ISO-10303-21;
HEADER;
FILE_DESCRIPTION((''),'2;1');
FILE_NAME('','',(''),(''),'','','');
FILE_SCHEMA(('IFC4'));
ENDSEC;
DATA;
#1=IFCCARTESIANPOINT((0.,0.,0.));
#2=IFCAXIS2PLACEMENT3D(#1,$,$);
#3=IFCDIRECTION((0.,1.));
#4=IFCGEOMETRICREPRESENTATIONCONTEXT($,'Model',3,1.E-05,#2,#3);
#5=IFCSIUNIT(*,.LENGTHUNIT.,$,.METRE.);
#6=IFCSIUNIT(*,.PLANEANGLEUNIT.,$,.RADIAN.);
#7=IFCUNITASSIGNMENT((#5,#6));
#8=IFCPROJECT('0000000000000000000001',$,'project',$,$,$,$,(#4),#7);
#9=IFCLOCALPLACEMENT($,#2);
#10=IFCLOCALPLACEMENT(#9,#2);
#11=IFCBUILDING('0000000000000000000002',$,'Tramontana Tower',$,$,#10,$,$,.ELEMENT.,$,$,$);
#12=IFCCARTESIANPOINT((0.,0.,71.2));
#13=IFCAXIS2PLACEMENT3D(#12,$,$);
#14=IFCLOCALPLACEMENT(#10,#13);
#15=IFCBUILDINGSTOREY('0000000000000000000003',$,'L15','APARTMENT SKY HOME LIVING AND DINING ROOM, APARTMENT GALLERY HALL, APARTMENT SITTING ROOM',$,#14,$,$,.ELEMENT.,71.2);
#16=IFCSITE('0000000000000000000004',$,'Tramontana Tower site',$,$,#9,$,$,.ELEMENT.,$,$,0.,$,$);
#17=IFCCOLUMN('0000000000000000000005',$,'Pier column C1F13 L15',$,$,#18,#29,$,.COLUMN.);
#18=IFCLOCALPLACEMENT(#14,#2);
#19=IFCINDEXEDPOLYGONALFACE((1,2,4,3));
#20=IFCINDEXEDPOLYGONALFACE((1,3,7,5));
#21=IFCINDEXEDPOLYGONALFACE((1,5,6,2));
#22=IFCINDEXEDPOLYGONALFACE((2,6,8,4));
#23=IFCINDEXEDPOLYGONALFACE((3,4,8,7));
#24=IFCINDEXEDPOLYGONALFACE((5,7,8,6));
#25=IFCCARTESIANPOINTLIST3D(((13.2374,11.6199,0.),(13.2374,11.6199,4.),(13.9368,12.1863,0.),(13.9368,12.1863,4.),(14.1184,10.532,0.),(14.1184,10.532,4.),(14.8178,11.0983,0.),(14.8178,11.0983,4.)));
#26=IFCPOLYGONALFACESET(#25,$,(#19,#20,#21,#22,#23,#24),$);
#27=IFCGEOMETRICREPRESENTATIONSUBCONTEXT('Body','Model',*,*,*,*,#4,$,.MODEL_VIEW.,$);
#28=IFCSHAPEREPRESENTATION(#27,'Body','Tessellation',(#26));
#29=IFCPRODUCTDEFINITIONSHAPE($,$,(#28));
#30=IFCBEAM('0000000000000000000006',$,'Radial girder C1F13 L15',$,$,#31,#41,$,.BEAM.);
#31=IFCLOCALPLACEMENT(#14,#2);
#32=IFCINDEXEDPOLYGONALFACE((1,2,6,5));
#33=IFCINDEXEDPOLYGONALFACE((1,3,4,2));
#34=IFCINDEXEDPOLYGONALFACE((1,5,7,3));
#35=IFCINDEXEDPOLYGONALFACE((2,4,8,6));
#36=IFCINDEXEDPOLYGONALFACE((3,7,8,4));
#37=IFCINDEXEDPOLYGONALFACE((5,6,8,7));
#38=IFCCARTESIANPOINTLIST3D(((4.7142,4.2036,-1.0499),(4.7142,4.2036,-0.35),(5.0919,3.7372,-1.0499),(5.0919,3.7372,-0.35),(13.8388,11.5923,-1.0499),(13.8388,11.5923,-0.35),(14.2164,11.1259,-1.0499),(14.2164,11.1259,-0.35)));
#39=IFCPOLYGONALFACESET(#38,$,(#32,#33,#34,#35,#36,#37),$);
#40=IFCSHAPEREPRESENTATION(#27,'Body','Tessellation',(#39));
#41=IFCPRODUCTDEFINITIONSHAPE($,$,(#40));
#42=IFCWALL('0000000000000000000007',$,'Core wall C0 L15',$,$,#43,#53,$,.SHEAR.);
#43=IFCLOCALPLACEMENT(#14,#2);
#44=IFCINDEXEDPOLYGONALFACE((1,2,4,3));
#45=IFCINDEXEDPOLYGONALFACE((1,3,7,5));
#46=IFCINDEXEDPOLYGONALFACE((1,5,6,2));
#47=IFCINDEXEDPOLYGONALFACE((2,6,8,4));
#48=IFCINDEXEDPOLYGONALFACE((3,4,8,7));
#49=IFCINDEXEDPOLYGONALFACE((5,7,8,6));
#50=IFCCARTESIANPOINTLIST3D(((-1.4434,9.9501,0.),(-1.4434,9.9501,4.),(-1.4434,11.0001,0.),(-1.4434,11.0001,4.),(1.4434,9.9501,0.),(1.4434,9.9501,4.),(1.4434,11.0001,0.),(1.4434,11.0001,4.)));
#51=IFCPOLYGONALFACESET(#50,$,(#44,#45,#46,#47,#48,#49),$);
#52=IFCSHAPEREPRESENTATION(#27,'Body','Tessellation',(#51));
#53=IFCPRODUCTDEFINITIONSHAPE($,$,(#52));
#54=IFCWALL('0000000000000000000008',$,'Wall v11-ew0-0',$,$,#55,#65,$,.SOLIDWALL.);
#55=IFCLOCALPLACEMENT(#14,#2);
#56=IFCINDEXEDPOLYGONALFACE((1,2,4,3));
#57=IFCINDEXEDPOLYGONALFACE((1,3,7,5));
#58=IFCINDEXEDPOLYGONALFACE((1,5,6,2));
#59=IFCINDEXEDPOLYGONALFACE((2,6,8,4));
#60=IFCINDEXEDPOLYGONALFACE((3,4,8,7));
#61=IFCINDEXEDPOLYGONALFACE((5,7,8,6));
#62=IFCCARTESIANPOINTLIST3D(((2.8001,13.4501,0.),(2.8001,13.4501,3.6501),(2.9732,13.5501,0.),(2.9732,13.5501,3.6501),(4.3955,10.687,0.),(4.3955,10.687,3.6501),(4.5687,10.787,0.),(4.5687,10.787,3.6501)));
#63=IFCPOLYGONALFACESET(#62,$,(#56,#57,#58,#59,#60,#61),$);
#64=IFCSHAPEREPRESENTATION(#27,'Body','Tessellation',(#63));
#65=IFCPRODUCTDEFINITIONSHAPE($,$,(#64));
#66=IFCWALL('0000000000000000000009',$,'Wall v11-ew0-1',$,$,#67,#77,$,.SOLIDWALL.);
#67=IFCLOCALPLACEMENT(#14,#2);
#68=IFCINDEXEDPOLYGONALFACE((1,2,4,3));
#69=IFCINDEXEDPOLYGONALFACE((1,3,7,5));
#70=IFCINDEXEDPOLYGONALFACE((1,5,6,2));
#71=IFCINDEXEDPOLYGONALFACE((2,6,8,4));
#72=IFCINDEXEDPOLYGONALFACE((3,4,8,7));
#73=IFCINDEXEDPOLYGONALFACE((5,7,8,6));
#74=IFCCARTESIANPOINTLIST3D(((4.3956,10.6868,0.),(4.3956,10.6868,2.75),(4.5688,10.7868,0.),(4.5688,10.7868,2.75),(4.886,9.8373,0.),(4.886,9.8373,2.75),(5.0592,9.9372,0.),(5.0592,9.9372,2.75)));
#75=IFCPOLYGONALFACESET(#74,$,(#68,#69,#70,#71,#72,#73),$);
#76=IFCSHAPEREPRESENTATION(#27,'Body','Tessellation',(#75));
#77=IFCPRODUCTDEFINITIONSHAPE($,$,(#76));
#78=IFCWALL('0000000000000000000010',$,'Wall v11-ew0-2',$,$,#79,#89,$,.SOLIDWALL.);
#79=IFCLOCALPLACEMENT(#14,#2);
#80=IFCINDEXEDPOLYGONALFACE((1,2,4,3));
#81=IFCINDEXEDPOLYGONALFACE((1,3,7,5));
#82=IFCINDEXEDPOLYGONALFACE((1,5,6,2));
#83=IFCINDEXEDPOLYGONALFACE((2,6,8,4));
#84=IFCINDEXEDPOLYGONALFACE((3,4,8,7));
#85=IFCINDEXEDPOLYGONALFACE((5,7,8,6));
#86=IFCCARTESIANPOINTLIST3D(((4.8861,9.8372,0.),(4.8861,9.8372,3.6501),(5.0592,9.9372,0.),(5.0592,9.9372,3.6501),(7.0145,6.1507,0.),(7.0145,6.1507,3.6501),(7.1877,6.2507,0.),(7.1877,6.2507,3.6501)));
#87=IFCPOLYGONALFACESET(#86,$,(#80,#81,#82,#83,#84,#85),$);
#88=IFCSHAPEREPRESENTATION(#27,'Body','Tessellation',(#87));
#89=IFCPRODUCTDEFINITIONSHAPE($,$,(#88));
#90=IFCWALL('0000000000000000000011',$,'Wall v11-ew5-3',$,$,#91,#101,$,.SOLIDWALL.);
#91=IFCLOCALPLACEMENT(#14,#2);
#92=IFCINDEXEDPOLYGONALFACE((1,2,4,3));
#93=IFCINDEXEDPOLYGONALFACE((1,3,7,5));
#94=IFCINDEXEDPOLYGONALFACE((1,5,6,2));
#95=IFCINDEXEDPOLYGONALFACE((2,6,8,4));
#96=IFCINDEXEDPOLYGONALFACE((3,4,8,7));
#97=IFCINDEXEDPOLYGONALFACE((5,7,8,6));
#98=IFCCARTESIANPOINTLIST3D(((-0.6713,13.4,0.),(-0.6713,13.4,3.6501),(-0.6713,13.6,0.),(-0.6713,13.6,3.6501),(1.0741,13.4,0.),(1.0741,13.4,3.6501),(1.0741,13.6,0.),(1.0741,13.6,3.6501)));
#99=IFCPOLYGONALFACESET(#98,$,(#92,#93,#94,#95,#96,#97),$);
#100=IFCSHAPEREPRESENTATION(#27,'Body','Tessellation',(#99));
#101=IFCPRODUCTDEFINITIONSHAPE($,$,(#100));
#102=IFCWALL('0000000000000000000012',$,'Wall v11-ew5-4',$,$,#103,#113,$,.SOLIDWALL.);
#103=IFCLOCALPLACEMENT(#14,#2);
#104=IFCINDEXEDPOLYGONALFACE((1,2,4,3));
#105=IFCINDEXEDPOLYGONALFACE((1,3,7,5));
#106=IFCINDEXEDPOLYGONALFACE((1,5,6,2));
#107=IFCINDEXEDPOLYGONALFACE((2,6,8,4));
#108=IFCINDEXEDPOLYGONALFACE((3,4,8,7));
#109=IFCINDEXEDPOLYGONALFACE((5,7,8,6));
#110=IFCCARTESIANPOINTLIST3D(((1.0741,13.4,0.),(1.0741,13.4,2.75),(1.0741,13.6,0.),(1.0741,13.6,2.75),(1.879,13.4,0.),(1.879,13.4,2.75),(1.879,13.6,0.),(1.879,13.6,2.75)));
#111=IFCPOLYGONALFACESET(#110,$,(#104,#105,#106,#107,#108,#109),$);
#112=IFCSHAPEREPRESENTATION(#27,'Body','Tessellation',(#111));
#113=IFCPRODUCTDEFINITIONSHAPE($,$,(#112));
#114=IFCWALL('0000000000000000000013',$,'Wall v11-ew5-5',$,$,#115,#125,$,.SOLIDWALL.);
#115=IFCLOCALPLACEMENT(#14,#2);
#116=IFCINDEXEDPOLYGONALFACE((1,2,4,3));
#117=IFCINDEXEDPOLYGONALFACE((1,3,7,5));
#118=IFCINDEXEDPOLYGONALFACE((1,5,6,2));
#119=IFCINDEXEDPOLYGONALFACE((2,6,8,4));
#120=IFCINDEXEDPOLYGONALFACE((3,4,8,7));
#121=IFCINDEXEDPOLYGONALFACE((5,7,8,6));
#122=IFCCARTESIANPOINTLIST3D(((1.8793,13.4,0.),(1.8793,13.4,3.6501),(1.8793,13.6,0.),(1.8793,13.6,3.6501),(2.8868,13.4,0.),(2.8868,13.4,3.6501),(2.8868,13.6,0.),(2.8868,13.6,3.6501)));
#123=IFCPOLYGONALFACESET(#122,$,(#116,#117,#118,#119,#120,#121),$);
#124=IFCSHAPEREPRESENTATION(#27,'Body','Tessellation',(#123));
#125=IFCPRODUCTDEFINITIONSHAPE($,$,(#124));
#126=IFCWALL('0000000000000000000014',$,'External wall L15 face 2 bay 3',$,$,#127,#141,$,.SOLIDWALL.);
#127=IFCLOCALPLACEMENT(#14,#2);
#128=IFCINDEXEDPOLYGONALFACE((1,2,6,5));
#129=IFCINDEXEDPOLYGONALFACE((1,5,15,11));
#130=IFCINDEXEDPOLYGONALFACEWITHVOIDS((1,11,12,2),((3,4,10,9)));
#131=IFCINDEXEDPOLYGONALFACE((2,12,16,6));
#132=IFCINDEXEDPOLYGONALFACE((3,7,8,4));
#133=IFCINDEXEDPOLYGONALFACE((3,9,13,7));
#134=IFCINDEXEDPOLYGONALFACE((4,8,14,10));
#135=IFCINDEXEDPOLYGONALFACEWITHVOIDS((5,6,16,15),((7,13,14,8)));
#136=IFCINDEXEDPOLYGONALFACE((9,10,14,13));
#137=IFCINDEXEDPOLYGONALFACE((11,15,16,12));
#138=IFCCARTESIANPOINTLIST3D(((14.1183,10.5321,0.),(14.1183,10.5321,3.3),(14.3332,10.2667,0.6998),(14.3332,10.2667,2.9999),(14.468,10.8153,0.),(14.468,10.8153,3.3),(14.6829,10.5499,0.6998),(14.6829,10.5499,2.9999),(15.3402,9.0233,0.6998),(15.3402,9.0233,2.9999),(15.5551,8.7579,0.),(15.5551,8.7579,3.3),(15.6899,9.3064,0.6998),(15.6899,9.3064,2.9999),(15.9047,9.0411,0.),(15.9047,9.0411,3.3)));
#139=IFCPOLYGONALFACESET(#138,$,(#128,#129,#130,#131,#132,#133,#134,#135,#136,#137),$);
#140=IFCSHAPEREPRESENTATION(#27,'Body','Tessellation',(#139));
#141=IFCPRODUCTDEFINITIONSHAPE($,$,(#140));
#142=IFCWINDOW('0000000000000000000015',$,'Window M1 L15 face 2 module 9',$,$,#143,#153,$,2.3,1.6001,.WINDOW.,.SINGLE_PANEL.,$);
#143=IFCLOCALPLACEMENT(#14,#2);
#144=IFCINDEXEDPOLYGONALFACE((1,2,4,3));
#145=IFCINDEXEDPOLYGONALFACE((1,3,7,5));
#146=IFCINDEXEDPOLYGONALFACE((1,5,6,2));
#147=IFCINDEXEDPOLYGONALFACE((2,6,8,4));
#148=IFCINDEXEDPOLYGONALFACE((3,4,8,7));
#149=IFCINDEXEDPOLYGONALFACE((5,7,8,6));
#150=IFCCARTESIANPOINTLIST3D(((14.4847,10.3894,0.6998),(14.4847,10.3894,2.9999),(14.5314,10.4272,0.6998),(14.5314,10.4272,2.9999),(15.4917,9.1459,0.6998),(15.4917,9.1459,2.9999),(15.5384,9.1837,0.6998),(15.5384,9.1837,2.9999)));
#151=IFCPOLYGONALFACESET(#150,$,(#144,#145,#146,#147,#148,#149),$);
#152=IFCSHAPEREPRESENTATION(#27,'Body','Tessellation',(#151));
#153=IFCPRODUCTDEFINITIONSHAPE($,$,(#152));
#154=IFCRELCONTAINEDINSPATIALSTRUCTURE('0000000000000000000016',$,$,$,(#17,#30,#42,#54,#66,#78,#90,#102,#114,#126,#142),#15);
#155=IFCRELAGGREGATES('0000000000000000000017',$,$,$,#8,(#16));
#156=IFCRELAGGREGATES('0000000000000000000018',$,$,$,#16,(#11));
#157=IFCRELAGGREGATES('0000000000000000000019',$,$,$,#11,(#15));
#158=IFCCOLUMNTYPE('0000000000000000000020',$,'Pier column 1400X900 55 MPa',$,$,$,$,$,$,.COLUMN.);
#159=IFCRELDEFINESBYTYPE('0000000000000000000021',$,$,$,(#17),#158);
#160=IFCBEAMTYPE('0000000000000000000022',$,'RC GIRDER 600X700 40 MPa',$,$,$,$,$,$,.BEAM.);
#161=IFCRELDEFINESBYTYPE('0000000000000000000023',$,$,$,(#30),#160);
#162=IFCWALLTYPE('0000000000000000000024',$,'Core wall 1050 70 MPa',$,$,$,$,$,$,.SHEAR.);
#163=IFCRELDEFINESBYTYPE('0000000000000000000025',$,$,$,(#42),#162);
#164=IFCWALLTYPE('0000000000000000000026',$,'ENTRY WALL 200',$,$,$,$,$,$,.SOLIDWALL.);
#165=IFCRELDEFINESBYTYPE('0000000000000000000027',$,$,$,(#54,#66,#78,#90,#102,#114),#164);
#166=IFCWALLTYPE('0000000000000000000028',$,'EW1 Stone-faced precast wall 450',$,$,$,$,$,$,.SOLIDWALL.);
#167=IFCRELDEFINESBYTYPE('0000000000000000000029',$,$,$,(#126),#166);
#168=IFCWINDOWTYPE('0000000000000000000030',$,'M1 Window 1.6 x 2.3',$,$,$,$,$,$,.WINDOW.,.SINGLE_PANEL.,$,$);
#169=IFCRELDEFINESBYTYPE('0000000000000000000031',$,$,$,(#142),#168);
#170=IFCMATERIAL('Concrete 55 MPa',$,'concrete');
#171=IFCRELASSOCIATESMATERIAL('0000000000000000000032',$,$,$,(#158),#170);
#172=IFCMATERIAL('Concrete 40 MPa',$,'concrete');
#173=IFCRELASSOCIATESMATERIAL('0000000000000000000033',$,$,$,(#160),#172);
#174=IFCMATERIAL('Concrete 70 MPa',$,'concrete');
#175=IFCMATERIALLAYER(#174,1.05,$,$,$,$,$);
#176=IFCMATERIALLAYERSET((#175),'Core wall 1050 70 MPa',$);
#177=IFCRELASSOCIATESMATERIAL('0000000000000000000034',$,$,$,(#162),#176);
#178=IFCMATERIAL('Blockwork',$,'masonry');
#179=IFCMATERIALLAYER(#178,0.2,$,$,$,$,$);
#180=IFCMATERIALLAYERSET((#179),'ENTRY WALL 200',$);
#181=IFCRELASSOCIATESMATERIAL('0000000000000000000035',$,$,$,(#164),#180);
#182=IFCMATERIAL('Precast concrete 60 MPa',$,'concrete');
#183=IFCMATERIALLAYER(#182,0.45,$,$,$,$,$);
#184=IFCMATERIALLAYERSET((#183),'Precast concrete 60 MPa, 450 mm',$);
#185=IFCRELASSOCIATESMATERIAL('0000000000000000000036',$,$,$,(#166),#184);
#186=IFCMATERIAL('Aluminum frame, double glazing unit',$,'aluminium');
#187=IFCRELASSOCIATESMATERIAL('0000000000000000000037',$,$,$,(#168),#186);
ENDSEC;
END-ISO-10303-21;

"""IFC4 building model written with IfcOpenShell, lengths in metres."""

from ifc_helpers import new_model, si_unit, direction, frame, frame_2d, origin, origin_2d, place, context, subcontext, project, spatial, rectangle, extrude, material, layer, layer_set, material_profile, profile_set, type_object, element, fill, save


model = new_model("IFC4")

# Units and contexts
model_context = context("Model", 3, precision=1e-05, world=origin(), true_north=direction((0.0, 1.0)))
body_context = subcontext(model_context, "Body", "Model", "MODEL_VIEW")
ifc_project = project(units=[si_unit("LENGTHUNIT", "METRE"), si_unit("PLANEANGLEUNIT", "RADIAN")], contexts=[model_context])

# Site, building, storey
site_placement = place(None, origin())
site = spatial("IfcSite", under=ifc_project, at=site_placement, Name="Tramontana Tower site", CompositionType="ELEMENT", RefElevation=0.0)
building_placement = place(site_placement, origin())
building = spatial("IfcBuilding", under=site, at=building_placement, Name="Tramontana Tower", CompositionType="ELEMENT")
storey_placement = place(building_placement, frame((0.0, 0.0, 71.2)))
storey = spatial("IfcBuildingStorey", under=building, at=storey_placement, Name="L15", Description="APARTMENT SKY HOME LIVING AND DINING ROOM, APARTMENT GALLERY HALL, APARTMENT SITTING ROOM", CompositionType="ELEMENT", Elevation=71.2)

# Column
ifc_material_1 = material(Name="Concrete 55 MPa", Category="concrete")
ifc_material_profile_1 = material_profile(ifc_material_1, rectangle(XDim=1.3999, YDim=0.8999, at=origin_2d()), Name="Pier column 1400X900 55 MPa")
ifc_profile_set_1 = profile_set([ifc_material_profile_1], Name="Concrete 55 MPa")
column_type = type_object("IfcColumnType", Name="Pier column 1400X900 55 MPa", PredefinedType="COLUMN", material=ifc_profile_set_1)
column_placement = place(storey_placement, frame((14.0276, 11.3591, 0.0), z_axis=(0.0, 0.0, 1.0), x_axis=(-0.62932, 0.777146, 0.0)))
element("IfcColumn", 1, at=column_placement, inside=storey, type_object=column_type, Name="Pier column C1F13 L15", PredefinedType="COLUMN", context=body_context, shape_type="SweptSolid", body=[
    extrude(rectangle(XDim=1.3999, YDim=0.8999, at=origin_2d()), origin(), (0.0, 0.0, 1.0), 4.0),
])

# Beam
ifc_material_2 = material(Name="Concrete 40 MPa", Category="concrete")
ifc_material_profile_2 = material_profile(ifc_material_2, rectangle(XDim=0.6001, YDim=0.7, at=origin_2d()), Name="RC GIRDER 600X700 40 MPa")
ifc_profile_set_2 = profile_set([ifc_material_profile_2], Name="Concrete 40 MPa")
beam_type = type_object("IfcBeamType", Name="RC GIRDER 600X700 40 MPa", PredefinedType="BEAM", material=ifc_profile_set_2)
beam_placement = place(storey_placement, frame((14.0276, 11.3591, -0.7), z_axis=(-0.777155, -0.629309, 0.0), x_axis=(0.629309, -0.777155, 0.0)))
element("IfcBeam", 2, at=beam_placement, inside=storey, type_object=beam_type, Name="Radial girder C1F13 L15", PredefinedType="BEAM", context=body_context, shape_type="SweptSolid", body=[
    extrude(rectangle(XDim=0.6001, YDim=0.7, at=origin_2d()), origin(), (0.0, 0.0, 1.0), 11.741),
])

# Walls
ifc_material_3 = material(Name="Concrete 70 MPa", Category="concrete")
ifc_layer_1 = layer(ifc_material_3, 1.05)
ifc_layer_set_1 = layer_set([ifc_layer_1], Name="Core wall 1050 70 MPa")
wall_type_1 = type_object("IfcWallType", Name="Core wall 1050 70 MPa", PredefinedType="SHEAR", material=ifc_layer_set_1)
wall_1_placement = place(storey_placement, frame((1.4434, 10.4751, 0.0), z_axis=(0.0, 0.0, 1.0), x_axis=(-1.0, 0.0, 0.0)))
element("IfcWall", 3, at=wall_1_placement, inside=storey, type_object=wall_type_1, Name="Core wall C0 L15", PredefinedType="SHEAR", context=body_context, shape_type="SweptSolid", body=[
    extrude(rectangle(XDim=2.8867, YDim=1.05, at=frame_2d((1.4434, 0.0))), origin(), (0.0, 0.0, 1.0), 4.0),
])
ifc_material_4 = material(Name="Blockwork", Category="masonry")
ifc_layer_2 = layer(ifc_material_4, 0.2)
ifc_layer_set_2 = layer_set([ifc_layer_2], Name="ENTRY WALL 200")
wall_type_2 = type_object("IfcWallType", Name="ENTRY WALL 200", PredefinedType="SOLIDWALL", material=ifc_layer_set_2)
wall_2_placement = place(storey_placement, frame((2.8867, 13.5, 0.0), z_axis=(0.0, 0.0, 1.0), x_axis=(0.500032, -0.866007, 0.0)))
element("IfcWall", 4, at=wall_2_placement, inside=storey, type_object=wall_type_2, Name="Wall v11-ew0-0", PredefinedType="SOLIDWALL", context=body_context, shape_type="SweptSolid", body=[
    extrude(rectangle(XDim=3.1907, YDim=0.2, at=frame_2d((1.5952, 0.0))), origin(), (0.0, 0.0, 1.0), 3.6501),
])
wall_3_placement = place(storey_placement, frame((4.4822, 10.7368, 0.0), z_axis=(0.0, 0.0, 1.0), x_axis=(0.499967, -0.866045, 0.0)))
element("IfcWall", 5, at=wall_3_placement, inside=storey, type_object=wall_type_2, Name="Wall v11-ew0-1", PredefinedType="SOLIDWALL", context=body_context, shape_type="SweptSolid", body=[
    extrude(rectangle(XDim=0.981, YDim=0.2, at=frame_2d((0.4905, 0.0))), origin(), (0.0, 0.0, 1.0), 2.75),
])
wall_4_placement = place(storey_placement, frame((4.9727, 9.8872, 0.0), z_axis=(0.0, 0.0, 1.0), x_axis=(0.5, -0.866025, 0.0)))
element("IfcWall", 6, at=wall_4_placement, inside=storey, type_object=wall_type_2, Name="Wall v11-ew0-2", PredefinedType="SOLIDWALL", context=body_context, shape_type="SweptSolid", body=[
    extrude(rectangle(XDim=4.2568, YDim=0.2, at=frame_2d((2.1284, 0.0))), origin(), (0.0, 0.0, 1.0), 3.6501),
])
wall_5_placement = place(storey_placement, frame((-0.6711, 13.5, 0.0), z_axis=(0.0, 0.0, 1.0), x_axis=(1.0, 0.0, 0.0)))
element("IfcWall", 7, at=wall_5_placement, inside=storey, type_object=wall_type_2, Name="Wall v11-ew5-3", PredefinedType="SOLIDWALL", context=body_context, shape_type="SweptSolid", body=[
    extrude(rectangle(XDim=1.7454, YDim=0.2, at=frame_2d((0.8726, 0.0))), origin(), (0.0, 0.0, 1.0), 3.6501),
])
wall_6_placement = place(storey_placement, frame((1.0742, 13.5, 0.0), z_axis=(0.0, 0.0, 1.0), x_axis=(1.0, 0.0, 0.0)))
element("IfcWall", 8, at=wall_6_placement, inside=storey, type_object=wall_type_2, Name="Wall v11-ew5-4", PredefinedType="SOLIDWALL", context=body_context, shape_type="SweptSolid", body=[
    extrude(rectangle(XDim=0.8049, YDim=0.2, at=frame_2d((0.4023, 0.0))), origin(), (0.0, 0.0, 1.0), 2.75),
])
wall_7_placement = place(storey_placement, frame((1.8792, 13.5, 0.0), z_axis=(0.0, 0.0, 1.0), x_axis=(1.0, 0.0, 0.0)))
element("IfcWall", 9, at=wall_7_placement, inside=storey, type_object=wall_type_2, Name="Wall v11-ew5-5", PredefinedType="SOLIDWALL", context=body_context, shape_type="SweptSolid", body=[
    extrude(rectangle(XDim=1.0076, YDim=0.2, at=frame_2d((0.5039, 0.0))), origin(), (0.0, 0.0, 1.0), 3.6501),
])

# Wall, opening, window
ifc_material_5 = material(Name="Precast concrete 60 MPa", Category="concrete")
ifc_layer_3 = layer(ifc_material_5, 0.45)
ifc_layer_set_3 = layer_set([ifc_layer_3], Name="Precast concrete 60 MPa, 450 mm")
wall_type_3 = type_object("IfcWallType", Name="EW1 Stone-faced precast wall 450", PredefinedType="SOLIDWALL", material=ifc_layer_set_3)
wall_8_placement = place(storey_placement, frame((15.73, 8.8994, 0.0), z_axis=(0.0, 0.0, 1.0), x_axis=(-0.62934, 0.77713, 0.0)))
wall_8 = element("IfcWall", 10, at=wall_8_placement, inside=storey, type_object=wall_type_3, Name="External wall L15 face 2 bay 3", PredefinedType="SOLIDWALL", context=body_context, shape_type="SweptSolid", body=[
    extrude(rectangle(XDim=2.283, YDim=0.45, at=frame_2d((1.1416, 0.0))), origin(), (0.0, 0.0, 1.0), 3.3),
])
opening_1_placement = place(wall_8_placement, frame((0.3416, 0.0, 0.7)))
opening_1 = element("IfcOpeningElement", 11, at=opening_1_placement, cuts=wall_8, PredefinedType="OPENING", context=body_context, shape_type="SweptSolid", body=[
    extrude(rectangle(XDim=1.6001, YDim=2.3, at=frame_2d((0.8, 1.1499))), frame((0.0, 0.2349, 0.0), z_axis=(0.0, -1.0, 0.0), x_axis=(1.0, 0.0, 0.0)), (0.0, 0.0, 1.0), 0.47),
])
ifc_material_6 = material(Name="Aluminum frame, double glazing unit", Category="aluminium")
window_type_1 = type_object("IfcWindowType", Name="M1 Window 1.6 x 2.3", PartitioningType="SINGLE_PANEL", PredefinedType="WINDOW", material=ifc_material_6)
window_1_placement = place(opening_1_placement, origin())
window_1 = element("IfcWindow", 12, at=window_1_placement, inside=storey, type_object=window_type_1, Name="Window M1 L15 face 2 module 9", OverallHeight=2.3, OverallWidth=1.6001, PartitioningType="SINGLE_PANEL", PredefinedType="WINDOW", context=body_context, shape_type="SweptSolid", body=[
    extrude(rectangle(XDim=1.6001, YDim=2.3, at=frame_2d((0.8, 1.1499))), frame((0.0, 0.03, 0.0), z_axis=(0.0, -1.0, 0.0), x_axis=(1.0, 0.0, 0.0)), (0.0, 0.0, 1.0), 0.0601),
])
fill(opening_1, window_1)

save(model, "model.ifc")
